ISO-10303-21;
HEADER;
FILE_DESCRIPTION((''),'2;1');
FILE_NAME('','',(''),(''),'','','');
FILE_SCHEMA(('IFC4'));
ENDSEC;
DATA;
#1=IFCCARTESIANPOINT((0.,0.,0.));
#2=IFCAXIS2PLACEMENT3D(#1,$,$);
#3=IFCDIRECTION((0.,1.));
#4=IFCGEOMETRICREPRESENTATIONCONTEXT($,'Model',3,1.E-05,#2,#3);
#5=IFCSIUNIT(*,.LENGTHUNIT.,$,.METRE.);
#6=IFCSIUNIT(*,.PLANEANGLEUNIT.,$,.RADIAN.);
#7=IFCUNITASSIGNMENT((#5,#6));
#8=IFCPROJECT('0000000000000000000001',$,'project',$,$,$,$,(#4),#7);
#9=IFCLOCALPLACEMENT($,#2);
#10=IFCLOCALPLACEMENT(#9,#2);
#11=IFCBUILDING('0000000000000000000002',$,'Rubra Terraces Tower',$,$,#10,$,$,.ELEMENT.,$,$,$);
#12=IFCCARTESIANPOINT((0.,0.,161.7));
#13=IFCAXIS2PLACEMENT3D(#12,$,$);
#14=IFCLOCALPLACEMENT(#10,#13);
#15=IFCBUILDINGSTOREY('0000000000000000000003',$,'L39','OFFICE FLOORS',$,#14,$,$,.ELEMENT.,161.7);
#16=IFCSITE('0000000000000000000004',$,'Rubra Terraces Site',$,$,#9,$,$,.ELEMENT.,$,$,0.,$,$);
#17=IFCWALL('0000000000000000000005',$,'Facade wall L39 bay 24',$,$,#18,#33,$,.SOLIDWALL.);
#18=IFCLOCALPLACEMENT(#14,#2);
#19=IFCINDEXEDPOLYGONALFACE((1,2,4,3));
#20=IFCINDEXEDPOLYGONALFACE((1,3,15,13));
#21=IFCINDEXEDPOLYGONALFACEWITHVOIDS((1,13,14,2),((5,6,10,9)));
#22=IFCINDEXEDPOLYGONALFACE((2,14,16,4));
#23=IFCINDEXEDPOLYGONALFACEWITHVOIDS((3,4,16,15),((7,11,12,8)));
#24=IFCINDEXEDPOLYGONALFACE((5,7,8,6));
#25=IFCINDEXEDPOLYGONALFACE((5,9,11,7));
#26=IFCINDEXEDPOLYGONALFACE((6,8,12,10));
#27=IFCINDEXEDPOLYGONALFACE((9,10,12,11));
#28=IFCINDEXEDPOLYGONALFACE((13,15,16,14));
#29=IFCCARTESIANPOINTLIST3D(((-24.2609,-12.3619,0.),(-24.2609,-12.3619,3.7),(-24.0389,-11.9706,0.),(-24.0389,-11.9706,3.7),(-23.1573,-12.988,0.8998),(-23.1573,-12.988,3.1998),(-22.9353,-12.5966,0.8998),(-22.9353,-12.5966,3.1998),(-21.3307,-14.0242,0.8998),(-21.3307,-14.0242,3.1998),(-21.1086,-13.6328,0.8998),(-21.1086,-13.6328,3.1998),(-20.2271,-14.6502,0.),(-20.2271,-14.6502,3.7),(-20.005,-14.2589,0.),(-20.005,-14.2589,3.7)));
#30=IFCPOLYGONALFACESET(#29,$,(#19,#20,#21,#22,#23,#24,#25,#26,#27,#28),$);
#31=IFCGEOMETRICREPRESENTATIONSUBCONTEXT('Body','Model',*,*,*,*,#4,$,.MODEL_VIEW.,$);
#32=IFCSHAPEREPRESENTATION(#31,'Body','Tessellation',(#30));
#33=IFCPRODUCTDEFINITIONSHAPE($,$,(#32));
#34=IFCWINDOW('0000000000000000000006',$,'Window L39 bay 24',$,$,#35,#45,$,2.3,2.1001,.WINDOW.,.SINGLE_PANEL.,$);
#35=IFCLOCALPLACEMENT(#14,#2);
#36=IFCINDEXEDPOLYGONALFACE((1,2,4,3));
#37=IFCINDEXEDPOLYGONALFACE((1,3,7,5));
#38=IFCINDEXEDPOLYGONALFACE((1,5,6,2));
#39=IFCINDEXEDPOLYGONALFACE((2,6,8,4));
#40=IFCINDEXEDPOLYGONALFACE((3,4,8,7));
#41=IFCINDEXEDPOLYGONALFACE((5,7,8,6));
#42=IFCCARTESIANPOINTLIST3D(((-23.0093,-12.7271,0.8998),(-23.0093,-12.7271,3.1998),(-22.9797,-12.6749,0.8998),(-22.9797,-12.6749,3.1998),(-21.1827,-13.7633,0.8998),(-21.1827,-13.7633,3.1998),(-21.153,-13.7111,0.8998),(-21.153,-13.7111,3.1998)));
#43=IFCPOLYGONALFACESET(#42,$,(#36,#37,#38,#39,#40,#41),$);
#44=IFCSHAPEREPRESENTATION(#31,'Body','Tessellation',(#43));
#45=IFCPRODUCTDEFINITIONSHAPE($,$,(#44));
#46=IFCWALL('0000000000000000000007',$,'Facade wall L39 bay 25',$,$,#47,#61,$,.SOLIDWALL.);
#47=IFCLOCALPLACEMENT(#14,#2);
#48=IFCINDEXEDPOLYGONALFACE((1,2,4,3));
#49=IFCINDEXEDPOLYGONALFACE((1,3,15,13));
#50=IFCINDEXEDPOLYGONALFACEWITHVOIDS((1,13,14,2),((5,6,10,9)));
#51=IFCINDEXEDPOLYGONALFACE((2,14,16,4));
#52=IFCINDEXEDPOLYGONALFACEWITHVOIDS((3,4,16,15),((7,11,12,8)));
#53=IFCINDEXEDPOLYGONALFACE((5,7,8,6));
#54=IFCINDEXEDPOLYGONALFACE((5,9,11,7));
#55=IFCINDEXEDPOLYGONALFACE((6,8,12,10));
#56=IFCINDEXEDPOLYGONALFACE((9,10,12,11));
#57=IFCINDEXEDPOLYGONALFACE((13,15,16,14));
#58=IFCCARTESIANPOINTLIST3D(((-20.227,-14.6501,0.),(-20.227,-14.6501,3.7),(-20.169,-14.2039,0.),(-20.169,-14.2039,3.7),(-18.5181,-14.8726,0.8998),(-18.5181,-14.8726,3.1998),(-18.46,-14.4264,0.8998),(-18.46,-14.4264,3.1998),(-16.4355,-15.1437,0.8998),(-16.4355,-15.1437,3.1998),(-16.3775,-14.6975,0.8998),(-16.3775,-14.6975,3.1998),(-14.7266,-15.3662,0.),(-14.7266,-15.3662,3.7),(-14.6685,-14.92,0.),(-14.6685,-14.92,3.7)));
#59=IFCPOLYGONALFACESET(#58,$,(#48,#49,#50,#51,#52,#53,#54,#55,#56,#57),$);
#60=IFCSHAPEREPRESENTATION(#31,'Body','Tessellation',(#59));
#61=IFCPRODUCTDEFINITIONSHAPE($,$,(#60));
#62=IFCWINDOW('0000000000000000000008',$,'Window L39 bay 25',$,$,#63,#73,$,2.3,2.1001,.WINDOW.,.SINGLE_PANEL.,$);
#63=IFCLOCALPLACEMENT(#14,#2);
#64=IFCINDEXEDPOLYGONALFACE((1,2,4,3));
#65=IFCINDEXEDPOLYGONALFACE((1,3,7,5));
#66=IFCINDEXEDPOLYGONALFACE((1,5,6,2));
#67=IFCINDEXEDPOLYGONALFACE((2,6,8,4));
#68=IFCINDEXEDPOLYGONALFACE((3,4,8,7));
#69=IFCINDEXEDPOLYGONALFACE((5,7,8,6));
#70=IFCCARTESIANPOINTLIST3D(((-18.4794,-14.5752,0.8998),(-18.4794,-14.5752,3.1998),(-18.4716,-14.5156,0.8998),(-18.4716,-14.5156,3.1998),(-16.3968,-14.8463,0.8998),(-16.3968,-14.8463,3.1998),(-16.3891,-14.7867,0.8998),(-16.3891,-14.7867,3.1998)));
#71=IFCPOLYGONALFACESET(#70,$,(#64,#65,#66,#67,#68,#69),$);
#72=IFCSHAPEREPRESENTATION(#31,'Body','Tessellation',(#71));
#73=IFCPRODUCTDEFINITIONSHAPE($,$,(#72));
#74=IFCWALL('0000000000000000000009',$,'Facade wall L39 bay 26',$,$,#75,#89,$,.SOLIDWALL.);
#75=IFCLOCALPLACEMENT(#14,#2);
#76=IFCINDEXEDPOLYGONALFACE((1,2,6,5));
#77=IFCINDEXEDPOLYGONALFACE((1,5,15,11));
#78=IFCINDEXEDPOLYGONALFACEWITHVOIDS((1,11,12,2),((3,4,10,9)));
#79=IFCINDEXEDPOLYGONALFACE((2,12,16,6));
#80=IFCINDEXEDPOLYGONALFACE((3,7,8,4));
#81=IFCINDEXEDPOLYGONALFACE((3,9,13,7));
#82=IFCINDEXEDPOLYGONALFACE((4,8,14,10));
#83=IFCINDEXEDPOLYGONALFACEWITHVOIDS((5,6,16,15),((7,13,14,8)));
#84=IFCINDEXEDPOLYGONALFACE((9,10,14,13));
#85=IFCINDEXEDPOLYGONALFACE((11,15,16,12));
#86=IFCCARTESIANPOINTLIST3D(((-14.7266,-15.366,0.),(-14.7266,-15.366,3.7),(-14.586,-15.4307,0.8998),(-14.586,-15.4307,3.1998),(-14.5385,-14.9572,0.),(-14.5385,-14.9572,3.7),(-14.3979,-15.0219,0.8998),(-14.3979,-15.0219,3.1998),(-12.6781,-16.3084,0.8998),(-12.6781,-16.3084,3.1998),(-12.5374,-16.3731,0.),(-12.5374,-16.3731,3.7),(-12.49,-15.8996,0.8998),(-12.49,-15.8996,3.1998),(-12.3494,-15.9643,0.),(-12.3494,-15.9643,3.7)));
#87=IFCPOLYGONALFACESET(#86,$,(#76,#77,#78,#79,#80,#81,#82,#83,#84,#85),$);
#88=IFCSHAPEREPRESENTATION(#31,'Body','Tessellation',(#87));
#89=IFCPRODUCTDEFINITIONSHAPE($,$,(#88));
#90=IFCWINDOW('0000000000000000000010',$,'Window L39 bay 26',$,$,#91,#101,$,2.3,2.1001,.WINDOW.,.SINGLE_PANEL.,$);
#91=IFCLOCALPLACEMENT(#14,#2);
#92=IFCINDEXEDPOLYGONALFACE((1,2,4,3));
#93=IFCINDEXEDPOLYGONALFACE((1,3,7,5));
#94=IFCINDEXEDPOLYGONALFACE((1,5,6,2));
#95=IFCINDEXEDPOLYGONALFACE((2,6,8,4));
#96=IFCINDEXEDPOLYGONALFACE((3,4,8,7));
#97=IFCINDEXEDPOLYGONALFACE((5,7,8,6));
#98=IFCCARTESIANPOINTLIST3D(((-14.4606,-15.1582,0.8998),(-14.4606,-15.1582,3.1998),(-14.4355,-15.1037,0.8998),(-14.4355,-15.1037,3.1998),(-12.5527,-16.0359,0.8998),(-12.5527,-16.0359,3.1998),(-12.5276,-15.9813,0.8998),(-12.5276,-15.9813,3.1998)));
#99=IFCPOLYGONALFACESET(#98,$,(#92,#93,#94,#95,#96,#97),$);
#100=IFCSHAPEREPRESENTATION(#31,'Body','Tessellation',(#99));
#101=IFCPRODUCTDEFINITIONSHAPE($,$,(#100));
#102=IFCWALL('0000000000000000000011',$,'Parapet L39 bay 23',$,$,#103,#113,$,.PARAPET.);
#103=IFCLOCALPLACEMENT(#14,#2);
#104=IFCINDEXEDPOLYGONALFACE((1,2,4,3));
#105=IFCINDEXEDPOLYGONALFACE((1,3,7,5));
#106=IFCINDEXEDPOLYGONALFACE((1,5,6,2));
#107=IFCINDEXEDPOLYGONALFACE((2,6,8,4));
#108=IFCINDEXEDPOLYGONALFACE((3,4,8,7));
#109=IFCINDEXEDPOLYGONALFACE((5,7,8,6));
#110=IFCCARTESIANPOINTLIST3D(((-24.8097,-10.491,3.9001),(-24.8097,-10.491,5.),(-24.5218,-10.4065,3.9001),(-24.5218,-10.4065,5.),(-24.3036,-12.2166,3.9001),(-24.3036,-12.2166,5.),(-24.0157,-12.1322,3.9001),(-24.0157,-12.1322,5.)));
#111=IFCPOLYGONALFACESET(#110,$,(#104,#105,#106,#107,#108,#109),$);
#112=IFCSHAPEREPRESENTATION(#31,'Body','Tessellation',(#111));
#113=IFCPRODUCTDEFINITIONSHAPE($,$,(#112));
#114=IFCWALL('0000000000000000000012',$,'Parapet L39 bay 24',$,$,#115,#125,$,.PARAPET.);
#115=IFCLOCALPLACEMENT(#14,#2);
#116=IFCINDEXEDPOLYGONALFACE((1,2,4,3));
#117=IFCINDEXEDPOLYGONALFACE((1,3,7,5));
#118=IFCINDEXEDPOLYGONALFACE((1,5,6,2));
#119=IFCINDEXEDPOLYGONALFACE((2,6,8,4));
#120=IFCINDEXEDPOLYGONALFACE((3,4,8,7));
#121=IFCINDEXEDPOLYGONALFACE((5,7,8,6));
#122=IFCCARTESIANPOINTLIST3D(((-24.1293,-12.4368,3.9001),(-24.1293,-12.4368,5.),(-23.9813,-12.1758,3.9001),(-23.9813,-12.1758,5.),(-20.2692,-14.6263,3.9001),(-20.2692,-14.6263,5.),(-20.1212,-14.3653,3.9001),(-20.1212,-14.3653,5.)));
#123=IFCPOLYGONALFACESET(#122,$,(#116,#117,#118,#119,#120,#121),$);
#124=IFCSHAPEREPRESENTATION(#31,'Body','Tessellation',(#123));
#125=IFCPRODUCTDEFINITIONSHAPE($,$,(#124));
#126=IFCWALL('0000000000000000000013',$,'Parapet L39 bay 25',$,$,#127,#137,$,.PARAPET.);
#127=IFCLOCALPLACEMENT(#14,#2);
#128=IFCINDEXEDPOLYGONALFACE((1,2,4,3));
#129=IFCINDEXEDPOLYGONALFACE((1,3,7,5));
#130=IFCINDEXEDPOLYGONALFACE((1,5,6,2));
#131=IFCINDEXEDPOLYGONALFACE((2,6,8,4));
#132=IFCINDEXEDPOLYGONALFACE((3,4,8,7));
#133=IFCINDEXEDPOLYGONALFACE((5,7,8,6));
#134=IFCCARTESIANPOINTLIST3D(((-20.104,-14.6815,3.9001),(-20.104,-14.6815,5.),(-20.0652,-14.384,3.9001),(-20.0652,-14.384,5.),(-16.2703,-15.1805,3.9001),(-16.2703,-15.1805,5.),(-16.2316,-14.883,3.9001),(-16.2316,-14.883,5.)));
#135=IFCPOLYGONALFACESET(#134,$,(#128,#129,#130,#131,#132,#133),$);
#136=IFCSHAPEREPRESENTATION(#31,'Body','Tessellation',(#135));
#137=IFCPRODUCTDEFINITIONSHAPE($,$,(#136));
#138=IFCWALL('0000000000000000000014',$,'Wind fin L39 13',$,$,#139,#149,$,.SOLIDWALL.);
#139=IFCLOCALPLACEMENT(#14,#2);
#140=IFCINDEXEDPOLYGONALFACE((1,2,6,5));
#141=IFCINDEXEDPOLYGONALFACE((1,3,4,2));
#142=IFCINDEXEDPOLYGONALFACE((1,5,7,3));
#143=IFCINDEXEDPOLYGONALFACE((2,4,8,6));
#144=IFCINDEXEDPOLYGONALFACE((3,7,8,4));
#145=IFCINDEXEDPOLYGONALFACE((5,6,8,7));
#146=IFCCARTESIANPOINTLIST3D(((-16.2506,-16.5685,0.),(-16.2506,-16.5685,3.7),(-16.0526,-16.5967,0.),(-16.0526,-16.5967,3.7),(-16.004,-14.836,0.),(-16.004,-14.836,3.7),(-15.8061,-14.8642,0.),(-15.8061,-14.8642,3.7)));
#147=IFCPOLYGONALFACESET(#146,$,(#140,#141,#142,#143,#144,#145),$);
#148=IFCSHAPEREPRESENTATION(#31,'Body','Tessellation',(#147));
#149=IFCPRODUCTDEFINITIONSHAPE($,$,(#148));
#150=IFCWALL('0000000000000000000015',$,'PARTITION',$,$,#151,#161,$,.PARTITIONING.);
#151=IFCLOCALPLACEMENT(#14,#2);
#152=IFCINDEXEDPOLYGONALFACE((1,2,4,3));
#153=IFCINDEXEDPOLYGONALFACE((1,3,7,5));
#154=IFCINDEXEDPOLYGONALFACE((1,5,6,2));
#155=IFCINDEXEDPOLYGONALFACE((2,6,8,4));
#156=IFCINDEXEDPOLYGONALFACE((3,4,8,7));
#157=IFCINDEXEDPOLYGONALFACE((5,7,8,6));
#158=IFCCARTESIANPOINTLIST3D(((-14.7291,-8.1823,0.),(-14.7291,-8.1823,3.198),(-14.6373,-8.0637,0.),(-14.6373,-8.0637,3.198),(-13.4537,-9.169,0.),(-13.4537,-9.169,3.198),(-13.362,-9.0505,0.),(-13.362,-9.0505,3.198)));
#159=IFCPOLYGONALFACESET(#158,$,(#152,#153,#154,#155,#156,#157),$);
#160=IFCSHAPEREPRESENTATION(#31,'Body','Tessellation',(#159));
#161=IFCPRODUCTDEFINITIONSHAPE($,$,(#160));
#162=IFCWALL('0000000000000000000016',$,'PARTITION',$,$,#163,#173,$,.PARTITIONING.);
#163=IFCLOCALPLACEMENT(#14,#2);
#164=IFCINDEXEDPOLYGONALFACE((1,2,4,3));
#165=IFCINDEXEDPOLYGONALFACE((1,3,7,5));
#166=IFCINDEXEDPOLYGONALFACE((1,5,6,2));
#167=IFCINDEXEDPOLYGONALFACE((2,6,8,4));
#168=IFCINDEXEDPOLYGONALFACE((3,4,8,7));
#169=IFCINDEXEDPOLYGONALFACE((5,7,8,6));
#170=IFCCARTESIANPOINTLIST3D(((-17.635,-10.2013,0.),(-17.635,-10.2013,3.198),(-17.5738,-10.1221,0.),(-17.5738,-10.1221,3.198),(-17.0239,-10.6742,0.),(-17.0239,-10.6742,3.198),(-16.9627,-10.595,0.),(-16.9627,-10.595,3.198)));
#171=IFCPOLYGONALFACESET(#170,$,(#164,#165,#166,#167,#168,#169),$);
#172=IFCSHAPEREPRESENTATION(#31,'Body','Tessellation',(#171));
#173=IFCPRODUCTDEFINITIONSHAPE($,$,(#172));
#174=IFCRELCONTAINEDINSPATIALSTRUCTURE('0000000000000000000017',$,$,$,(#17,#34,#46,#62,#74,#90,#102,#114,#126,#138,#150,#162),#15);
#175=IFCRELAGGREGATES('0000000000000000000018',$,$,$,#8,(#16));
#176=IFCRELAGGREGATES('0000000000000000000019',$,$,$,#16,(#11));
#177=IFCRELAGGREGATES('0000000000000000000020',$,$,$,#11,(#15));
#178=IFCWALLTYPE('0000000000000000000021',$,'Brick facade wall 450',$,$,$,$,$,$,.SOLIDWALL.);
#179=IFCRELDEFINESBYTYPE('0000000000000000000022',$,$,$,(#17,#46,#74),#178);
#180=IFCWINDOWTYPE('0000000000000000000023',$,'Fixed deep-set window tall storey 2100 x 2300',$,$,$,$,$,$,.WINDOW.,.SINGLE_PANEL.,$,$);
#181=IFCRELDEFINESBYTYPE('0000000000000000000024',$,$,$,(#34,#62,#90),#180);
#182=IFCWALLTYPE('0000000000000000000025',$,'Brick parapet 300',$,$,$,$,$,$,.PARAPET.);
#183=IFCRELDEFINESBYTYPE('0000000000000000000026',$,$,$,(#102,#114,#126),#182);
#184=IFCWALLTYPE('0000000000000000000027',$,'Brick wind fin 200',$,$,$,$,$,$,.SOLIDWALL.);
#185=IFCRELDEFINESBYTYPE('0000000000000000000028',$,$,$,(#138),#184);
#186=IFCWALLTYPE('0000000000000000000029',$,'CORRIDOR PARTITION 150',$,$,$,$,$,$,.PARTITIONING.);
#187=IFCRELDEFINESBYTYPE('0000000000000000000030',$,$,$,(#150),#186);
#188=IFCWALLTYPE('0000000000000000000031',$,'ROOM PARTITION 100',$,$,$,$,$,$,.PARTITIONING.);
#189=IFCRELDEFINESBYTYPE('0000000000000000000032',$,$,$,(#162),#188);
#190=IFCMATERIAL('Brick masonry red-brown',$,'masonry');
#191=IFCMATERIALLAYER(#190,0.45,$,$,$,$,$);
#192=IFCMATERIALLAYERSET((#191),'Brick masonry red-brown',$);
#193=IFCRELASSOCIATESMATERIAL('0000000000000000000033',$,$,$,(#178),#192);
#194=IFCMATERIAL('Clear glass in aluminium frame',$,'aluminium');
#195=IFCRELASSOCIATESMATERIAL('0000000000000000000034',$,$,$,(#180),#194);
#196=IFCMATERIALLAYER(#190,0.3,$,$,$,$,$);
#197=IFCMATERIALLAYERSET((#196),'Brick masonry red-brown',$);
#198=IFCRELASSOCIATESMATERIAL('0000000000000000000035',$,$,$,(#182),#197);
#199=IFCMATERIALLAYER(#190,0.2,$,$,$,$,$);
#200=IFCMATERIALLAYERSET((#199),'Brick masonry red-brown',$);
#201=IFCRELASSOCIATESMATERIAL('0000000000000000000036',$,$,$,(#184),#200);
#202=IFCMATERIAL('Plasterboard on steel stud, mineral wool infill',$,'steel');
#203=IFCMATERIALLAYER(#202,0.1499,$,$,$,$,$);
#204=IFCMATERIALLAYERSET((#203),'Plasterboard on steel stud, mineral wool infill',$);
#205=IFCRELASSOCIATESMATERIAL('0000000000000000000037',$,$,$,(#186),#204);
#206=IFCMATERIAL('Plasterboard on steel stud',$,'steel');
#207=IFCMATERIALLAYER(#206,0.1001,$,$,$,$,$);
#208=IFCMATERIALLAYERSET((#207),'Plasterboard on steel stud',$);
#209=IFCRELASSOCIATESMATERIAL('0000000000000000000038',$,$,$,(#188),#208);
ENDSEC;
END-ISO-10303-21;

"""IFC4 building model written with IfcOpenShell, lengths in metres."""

from ifc_helpers import new_model, si_unit, direction, frame, frame_2d, origin, place, context, subcontext, project, spatial, rectangle, extrude, material, layer, layer_set, type_object, element, fill, save


model = new_model("IFC4")

# Units and contexts
model_context = context("Model", 3, precision=1e-05, world=origin(), true_north=direction((0.0, 1.0)))
body_context = subcontext(model_context, "Body", "Model", "MODEL_VIEW")
ifc_project = project(units=[si_unit("LENGTHUNIT", "METRE"), si_unit("PLANEANGLEUNIT", "RADIAN")], contexts=[model_context])

# Site, building, storey
site_placement = place(None, origin())
site = spatial("IfcSite", under=ifc_project, at=site_placement, Name="Rubra Terraces Site", CompositionType="ELEMENT", RefElevation=0.0)
building_placement = place(site_placement, origin())
building = spatial("IfcBuilding", under=site, at=building_placement, Name="Rubra Terraces Tower", CompositionType="ELEMENT")
storey_placement = place(building_placement, frame((0.0, 0.0, 161.7)))
storey = spatial("IfcBuildingStorey", under=building, at=storey_placement, Name="L39", Description="OFFICE FLOORS", CompositionType="ELEMENT", Elevation=161.7)

# Walls, openings, windows
ifc_material_1 = material(Name="Brick masonry red-brown", Category="masonry")
ifc_layer_1 = layer(ifc_material_1, 0.45)
ifc_layer_set_1 = layer_set([ifc_layer_1], Name="Brick masonry red-brown")
wall_type_1 = type_object("IfcWallType", Name="Brick facade wall 450", PredefinedType="SOLIDWALL", material=ifc_layer_set_1)
ifc_material_2 = material(Name="Clear glass in aluminium frame", Category="aluminium")
window_type = type_object("IfcWindowType", Name="Fixed deep-set window tall storey 2100 x 2300", PartitioningType="SINGLE_PANEL", PredefinedType="WINDOW", material=ifc_material_2)
wall_1_placement = place(storey_placement, frame((-24.1499, -12.1663, 0.0), z_axis=(0.0, 0.0, 1.0), x_axis=(0.869797, -0.49341, 0.0)))
wall_1 = element("IfcWall", 1, at=wall_1_placement, inside=storey, type_object=wall_type_1, Name="Facade wall L39 bay 24", PredefinedType="SOLIDWALL", context=body_context, shape_type="SweptSolid", body=[
    extrude(rectangle(XDim=4.6377, YDim=0.45, at=frame_2d((2.3188, 0.0))), origin(), (0.0, 0.0, 1.0), 3.7),
])
opening_1_placement = place(wall_1_placement, frame((1.2688, 0.0, 0.8999)))
opening_1 = element("IfcOpeningElement", 2, at=opening_1_placement, cuts=wall_1, PredefinedType="OPENING", context=body_context, shape_type="SweptSolid", body=[
    extrude(rectangle(XDim=2.1001, YDim=2.3, at=frame_2d((1.05, 1.1499))), frame((0.0, 0.2349, 0.0), z_axis=(0.0, -1.0, 0.0), x_axis=(1.0, 0.0, 0.0)), (0.0, 0.0, 1.0), 0.47),
])
window_1_placement = place(opening_1_placement, origin())
window_1 = element("IfcWindow", 3, at=window_1_placement, inside=storey, type_object=window_type, Name="Window L39 bay 24", OverallHeight=2.3, OverallWidth=2.1001, PartitioningType="SINGLE_PANEL", PredefinedType="WINDOW", context=body_context, shape_type="SweptSolid", body=[
    extrude(rectangle(XDim=2.1001, YDim=2.3, at=frame_2d((1.05, 1.1499))), frame((0.0, 0.135, 0.0), z_axis=(0.0, -1.0, 0.0), x_axis=(1.0, 0.0, 0.0)), (0.0, 0.0, 1.0), 0.0601),
])
fill(opening_1, window_1)
wall_2_placement = place(storey_placement, frame((-20.198, -14.427, 0.0), z_axis=(0.0, 0.0, 1.0), x_axis=(0.991633, -0.129093, 0.0)))
wall_2 = element("IfcWall", 4, at=wall_2_placement, inside=storey, type_object=wall_type_1, Name="Facade wall L39 bay 25", PredefinedType="SOLIDWALL", context=body_context, shape_type="SweptSolid", body=[
    extrude(rectangle(XDim=5.5469, YDim=0.45, at=frame_2d((2.7734, 0.0))), origin(), (0.0, 0.0, 1.0), 3.7),
])
opening_2_placement = place(wall_2_placement, frame((1.7234, 0.0, 0.8999)))
opening_2 = element("IfcOpeningElement", 5, at=opening_2_placement, cuts=wall_2, PredefinedType="OPENING", context=body_context, shape_type="SweptSolid", body=[
    extrude(rectangle(XDim=2.1001, YDim=2.3, at=frame_2d((1.05, 1.1499))), frame((0.0, 0.2349, 0.0), z_axis=(0.0, -1.0, 0.0), x_axis=(1.0, 0.0, 0.0)), (0.0, 0.0, 1.0), 0.47),
])
window_2_placement = place(opening_2_placement, origin())
window_2 = element("IfcWindow", 6, at=window_2_placement, inside=storey, type_object=window_type, Name="Window L39 bay 25", OverallHeight=2.3, OverallWidth=2.1001, PartitioningType="SINGLE_PANEL", PredefinedType="WINDOW", context=body_context, shape_type="SweptSolid", body=[
    extrude(rectangle(XDim=2.1001, YDim=2.3, at=frame_2d((1.05, 1.1499))), frame((0.0, 0.135, 0.0), z_axis=(0.0, -1.0, 0.0), x_axis=(1.0, 0.0, 0.0)), (0.0, 0.0, 1.0), 0.0601),
])
fill(opening_2, window_2)
wall_3_placement = place(storey_placement, frame((-14.6326, -15.1616, 0.0), z_axis=(0.0, 0.0, 1.0), x_axis=(0.908484, -0.417921, 0.0)))
wall_3 = element("IfcWall", 7, at=wall_3_placement, inside=storey, type_object=wall_type_1, Name="Facade wall L39 bay 26", PredefinedType="SOLIDWALL", context=body_context, shape_type="SweptSolid", body=[
    extrude(rectangle(XDim=2.4097, YDim=0.45, at=frame_2d((1.2048, 0.0))), origin(), (0.0, 0.0, 1.0), 3.7),
])
opening_3_placement = place(wall_3_placement, frame((0.1548, 0.0, 0.8999)))
opening_3 = element("IfcOpeningElement", 8, at=opening_3_placement, cuts=wall_3, PredefinedType="OPENING", context=body_context, shape_type="SweptSolid", body=[
    extrude(rectangle(XDim=2.1001, YDim=2.3, at=frame_2d((1.05, 1.1499))), frame((0.0, 0.2349, 0.0), z_axis=(0.0, -1.0, 0.0), x_axis=(1.0, 0.0, 0.0)), (0.0, 0.0, 1.0), 0.47),
])
window_3_placement = place(opening_3_placement, origin())
window_3 = element("IfcWindow", 9, at=window_3_placement, inside=storey, type_object=window_type, Name="Window L39 bay 26", OverallHeight=2.3, OverallWidth=2.1001, PartitioningType="SINGLE_PANEL", PredefinedType="WINDOW", context=body_context, shape_type="SweptSolid", body=[
    extrude(rectangle(XDim=2.1001, YDim=2.3, at=frame_2d((1.05, 1.1499))), frame((0.0, 0.135, 0.0), z_axis=(0.0, -1.0, 0.0), x_axis=(1.0, 0.0, 0.0)), (0.0, 0.0, 1.0), 0.0601),
])
fill(opening_3, window_3)

# Walls
ifc_layer_2 = layer(ifc_material_1, 0.3)
ifc_layer_set_2 = layer_set([ifc_layer_2], Name="Brick masonry red-brown")
wall_type_2 = type_object("IfcWallType", Name="Brick parapet 300", PredefinedType="PARAPET", material=ifc_layer_set_2)
wall_4_placement = place(storey_placement, frame((-24.6658, -10.4487, 3.9001), z_axis=(0.0, 0.0, 1.0), x_axis=(0.281439, -0.959579, 0.0)))
element("IfcWall", 10, at=wall_4_placement, inside=storey, type_object=wall_type_2, Name="Parapet L39 bay 23", PredefinedType="PARAPET", context=body_context, shape_type="SweptSolid", body=[
    extrude(rectangle(XDim=1.7983, YDim=0.3, at=frame_2d((0.8992, 0.0))), origin(), (0.0, 0.0, 1.0), 1.0999),
])
wall_5_placement = place(storey_placement, frame((-24.0552, -12.3064, 3.9001), z_axis=(0.0, 0.0, 1.0), x_axis=(0.869823, -0.493364, 0.0)))
element("IfcWall", 11, at=wall_5_placement, inside=storey, type_object=wall_type_2, Name="Parapet L39 bay 24", PredefinedType="PARAPET", context=body_context, shape_type="SweptSolid", body=[
    extrude(rectangle(XDim=4.4377, YDim=0.3, at=frame_2d((2.2188, 0.0))), origin(), (0.0, 0.0, 1.0), 1.0999),
])
wall_6_placement = place(storey_placement, frame((-20.0847, -14.5327, 3.9001), z_axis=(0.0, 0.0, 1.0), x_axis=(0.991635, -0.129077, 0.0)))
element("IfcWall", 12, at=wall_6_placement, inside=storey, type_object=wall_type_2, Name="Parapet L39 bay 25", PredefinedType="PARAPET", context=body_context, shape_type="SweptSolid", body=[
    extrude(rectangle(XDim=3.866, YDim=0.3, at=frame_2d((1.9331, 0.0))), origin(), (0.0, 0.0, 1.0), 1.0999),
])
ifc_layer_3 = layer(ifc_material_1, 0.2)
ifc_layer_set_3 = layer_set([ifc_layer_3], Name="Brick masonry red-brown")
wall_type_3 = type_object("IfcWallType", Name="Brick wind fin 200", PredefinedType="SOLIDWALL", material=ifc_layer_set_3)
wall_7_placement = place(storey_placement, frame((-15.905, -14.8501, 0.0), z_axis=(0.0, 0.0, 1.0), x_axis=(-0.140913, -0.990022, 0.0)))
element("IfcWall", 13, at=wall_7_placement, inside=storey, type_object=wall_type_3, Name="Wind fin L39 13", PredefinedType="SOLIDWALL", context=body_context, shape_type="SweptSolid", body=[
    extrude(rectangle(XDim=1.75, YDim=0.2, at=frame_2d((0.875, 0.0))), origin(), (0.0, 0.0, 1.0), 3.7),
])
ifc_material_3 = material(Name="Plasterboard on steel stud, mineral wool infill", Category="steel")
ifc_layer_4 = layer(ifc_material_3, 0.1499)
ifc_layer_set_4 = layer_set([ifc_layer_4], Name="Plasterboard on steel stud, mineral wool infill")
wall_type_4 = type_object("IfcWallType", Name="CORRIDOR PARTITION 150", PredefinedType="PARTITIONING", material=ifc_layer_set_4)
wall_8_placement = place(storey_placement, frame((-14.6831, -8.123, 0.0), z_axis=(0.0, 0.0, 1.0), x_axis=(0.790899, -0.611947, 0.0)))
element("IfcWall", 14, at=wall_8_placement, inside=storey, type_object=wall_type_4, Name="PARTITION", PredefinedType="PARTITIONING", context=body_context, shape_type="SweptSolid", body=[
    extrude(rectangle(XDim=1.6125, YDim=0.1499, at=frame_2d((0.8062, 0.0))), origin(), (0.0, 0.0, 1.0), 3.198),
])
ifc_material_4 = material(Name="Plasterboard on steel stud", Category="steel")
ifc_layer_5 = layer(ifc_material_4, 0.1001)
ifc_layer_set_5 = layer_set([ifc_layer_5], Name="Plasterboard on steel stud")
wall_type_5 = type_object("IfcWallType", Name="ROOM PARTITION 100", PredefinedType="PARTITIONING", material=ifc_layer_set_5)
wall_9_placement = place(storey_placement, frame((-16.9934, -10.6345, 0.0), z_axis=(0.0, 0.0, 1.0), x_axis=(-0.790847, 0.612014, 0.0)))
element("IfcWall", 15, at=wall_9_placement, inside=storey, type_object=wall_type_5, Name="PARTITION", PredefinedType="PARTITIONING", context=body_context, shape_type="SweptSolid", body=[
    extrude(rectangle(XDim=0.7727, YDim=0.1001, at=frame_2d((0.3862, 0.0))), origin(), (0.0, 0.0, 1.0), 3.198),
])

save(model, "model.ifc")
